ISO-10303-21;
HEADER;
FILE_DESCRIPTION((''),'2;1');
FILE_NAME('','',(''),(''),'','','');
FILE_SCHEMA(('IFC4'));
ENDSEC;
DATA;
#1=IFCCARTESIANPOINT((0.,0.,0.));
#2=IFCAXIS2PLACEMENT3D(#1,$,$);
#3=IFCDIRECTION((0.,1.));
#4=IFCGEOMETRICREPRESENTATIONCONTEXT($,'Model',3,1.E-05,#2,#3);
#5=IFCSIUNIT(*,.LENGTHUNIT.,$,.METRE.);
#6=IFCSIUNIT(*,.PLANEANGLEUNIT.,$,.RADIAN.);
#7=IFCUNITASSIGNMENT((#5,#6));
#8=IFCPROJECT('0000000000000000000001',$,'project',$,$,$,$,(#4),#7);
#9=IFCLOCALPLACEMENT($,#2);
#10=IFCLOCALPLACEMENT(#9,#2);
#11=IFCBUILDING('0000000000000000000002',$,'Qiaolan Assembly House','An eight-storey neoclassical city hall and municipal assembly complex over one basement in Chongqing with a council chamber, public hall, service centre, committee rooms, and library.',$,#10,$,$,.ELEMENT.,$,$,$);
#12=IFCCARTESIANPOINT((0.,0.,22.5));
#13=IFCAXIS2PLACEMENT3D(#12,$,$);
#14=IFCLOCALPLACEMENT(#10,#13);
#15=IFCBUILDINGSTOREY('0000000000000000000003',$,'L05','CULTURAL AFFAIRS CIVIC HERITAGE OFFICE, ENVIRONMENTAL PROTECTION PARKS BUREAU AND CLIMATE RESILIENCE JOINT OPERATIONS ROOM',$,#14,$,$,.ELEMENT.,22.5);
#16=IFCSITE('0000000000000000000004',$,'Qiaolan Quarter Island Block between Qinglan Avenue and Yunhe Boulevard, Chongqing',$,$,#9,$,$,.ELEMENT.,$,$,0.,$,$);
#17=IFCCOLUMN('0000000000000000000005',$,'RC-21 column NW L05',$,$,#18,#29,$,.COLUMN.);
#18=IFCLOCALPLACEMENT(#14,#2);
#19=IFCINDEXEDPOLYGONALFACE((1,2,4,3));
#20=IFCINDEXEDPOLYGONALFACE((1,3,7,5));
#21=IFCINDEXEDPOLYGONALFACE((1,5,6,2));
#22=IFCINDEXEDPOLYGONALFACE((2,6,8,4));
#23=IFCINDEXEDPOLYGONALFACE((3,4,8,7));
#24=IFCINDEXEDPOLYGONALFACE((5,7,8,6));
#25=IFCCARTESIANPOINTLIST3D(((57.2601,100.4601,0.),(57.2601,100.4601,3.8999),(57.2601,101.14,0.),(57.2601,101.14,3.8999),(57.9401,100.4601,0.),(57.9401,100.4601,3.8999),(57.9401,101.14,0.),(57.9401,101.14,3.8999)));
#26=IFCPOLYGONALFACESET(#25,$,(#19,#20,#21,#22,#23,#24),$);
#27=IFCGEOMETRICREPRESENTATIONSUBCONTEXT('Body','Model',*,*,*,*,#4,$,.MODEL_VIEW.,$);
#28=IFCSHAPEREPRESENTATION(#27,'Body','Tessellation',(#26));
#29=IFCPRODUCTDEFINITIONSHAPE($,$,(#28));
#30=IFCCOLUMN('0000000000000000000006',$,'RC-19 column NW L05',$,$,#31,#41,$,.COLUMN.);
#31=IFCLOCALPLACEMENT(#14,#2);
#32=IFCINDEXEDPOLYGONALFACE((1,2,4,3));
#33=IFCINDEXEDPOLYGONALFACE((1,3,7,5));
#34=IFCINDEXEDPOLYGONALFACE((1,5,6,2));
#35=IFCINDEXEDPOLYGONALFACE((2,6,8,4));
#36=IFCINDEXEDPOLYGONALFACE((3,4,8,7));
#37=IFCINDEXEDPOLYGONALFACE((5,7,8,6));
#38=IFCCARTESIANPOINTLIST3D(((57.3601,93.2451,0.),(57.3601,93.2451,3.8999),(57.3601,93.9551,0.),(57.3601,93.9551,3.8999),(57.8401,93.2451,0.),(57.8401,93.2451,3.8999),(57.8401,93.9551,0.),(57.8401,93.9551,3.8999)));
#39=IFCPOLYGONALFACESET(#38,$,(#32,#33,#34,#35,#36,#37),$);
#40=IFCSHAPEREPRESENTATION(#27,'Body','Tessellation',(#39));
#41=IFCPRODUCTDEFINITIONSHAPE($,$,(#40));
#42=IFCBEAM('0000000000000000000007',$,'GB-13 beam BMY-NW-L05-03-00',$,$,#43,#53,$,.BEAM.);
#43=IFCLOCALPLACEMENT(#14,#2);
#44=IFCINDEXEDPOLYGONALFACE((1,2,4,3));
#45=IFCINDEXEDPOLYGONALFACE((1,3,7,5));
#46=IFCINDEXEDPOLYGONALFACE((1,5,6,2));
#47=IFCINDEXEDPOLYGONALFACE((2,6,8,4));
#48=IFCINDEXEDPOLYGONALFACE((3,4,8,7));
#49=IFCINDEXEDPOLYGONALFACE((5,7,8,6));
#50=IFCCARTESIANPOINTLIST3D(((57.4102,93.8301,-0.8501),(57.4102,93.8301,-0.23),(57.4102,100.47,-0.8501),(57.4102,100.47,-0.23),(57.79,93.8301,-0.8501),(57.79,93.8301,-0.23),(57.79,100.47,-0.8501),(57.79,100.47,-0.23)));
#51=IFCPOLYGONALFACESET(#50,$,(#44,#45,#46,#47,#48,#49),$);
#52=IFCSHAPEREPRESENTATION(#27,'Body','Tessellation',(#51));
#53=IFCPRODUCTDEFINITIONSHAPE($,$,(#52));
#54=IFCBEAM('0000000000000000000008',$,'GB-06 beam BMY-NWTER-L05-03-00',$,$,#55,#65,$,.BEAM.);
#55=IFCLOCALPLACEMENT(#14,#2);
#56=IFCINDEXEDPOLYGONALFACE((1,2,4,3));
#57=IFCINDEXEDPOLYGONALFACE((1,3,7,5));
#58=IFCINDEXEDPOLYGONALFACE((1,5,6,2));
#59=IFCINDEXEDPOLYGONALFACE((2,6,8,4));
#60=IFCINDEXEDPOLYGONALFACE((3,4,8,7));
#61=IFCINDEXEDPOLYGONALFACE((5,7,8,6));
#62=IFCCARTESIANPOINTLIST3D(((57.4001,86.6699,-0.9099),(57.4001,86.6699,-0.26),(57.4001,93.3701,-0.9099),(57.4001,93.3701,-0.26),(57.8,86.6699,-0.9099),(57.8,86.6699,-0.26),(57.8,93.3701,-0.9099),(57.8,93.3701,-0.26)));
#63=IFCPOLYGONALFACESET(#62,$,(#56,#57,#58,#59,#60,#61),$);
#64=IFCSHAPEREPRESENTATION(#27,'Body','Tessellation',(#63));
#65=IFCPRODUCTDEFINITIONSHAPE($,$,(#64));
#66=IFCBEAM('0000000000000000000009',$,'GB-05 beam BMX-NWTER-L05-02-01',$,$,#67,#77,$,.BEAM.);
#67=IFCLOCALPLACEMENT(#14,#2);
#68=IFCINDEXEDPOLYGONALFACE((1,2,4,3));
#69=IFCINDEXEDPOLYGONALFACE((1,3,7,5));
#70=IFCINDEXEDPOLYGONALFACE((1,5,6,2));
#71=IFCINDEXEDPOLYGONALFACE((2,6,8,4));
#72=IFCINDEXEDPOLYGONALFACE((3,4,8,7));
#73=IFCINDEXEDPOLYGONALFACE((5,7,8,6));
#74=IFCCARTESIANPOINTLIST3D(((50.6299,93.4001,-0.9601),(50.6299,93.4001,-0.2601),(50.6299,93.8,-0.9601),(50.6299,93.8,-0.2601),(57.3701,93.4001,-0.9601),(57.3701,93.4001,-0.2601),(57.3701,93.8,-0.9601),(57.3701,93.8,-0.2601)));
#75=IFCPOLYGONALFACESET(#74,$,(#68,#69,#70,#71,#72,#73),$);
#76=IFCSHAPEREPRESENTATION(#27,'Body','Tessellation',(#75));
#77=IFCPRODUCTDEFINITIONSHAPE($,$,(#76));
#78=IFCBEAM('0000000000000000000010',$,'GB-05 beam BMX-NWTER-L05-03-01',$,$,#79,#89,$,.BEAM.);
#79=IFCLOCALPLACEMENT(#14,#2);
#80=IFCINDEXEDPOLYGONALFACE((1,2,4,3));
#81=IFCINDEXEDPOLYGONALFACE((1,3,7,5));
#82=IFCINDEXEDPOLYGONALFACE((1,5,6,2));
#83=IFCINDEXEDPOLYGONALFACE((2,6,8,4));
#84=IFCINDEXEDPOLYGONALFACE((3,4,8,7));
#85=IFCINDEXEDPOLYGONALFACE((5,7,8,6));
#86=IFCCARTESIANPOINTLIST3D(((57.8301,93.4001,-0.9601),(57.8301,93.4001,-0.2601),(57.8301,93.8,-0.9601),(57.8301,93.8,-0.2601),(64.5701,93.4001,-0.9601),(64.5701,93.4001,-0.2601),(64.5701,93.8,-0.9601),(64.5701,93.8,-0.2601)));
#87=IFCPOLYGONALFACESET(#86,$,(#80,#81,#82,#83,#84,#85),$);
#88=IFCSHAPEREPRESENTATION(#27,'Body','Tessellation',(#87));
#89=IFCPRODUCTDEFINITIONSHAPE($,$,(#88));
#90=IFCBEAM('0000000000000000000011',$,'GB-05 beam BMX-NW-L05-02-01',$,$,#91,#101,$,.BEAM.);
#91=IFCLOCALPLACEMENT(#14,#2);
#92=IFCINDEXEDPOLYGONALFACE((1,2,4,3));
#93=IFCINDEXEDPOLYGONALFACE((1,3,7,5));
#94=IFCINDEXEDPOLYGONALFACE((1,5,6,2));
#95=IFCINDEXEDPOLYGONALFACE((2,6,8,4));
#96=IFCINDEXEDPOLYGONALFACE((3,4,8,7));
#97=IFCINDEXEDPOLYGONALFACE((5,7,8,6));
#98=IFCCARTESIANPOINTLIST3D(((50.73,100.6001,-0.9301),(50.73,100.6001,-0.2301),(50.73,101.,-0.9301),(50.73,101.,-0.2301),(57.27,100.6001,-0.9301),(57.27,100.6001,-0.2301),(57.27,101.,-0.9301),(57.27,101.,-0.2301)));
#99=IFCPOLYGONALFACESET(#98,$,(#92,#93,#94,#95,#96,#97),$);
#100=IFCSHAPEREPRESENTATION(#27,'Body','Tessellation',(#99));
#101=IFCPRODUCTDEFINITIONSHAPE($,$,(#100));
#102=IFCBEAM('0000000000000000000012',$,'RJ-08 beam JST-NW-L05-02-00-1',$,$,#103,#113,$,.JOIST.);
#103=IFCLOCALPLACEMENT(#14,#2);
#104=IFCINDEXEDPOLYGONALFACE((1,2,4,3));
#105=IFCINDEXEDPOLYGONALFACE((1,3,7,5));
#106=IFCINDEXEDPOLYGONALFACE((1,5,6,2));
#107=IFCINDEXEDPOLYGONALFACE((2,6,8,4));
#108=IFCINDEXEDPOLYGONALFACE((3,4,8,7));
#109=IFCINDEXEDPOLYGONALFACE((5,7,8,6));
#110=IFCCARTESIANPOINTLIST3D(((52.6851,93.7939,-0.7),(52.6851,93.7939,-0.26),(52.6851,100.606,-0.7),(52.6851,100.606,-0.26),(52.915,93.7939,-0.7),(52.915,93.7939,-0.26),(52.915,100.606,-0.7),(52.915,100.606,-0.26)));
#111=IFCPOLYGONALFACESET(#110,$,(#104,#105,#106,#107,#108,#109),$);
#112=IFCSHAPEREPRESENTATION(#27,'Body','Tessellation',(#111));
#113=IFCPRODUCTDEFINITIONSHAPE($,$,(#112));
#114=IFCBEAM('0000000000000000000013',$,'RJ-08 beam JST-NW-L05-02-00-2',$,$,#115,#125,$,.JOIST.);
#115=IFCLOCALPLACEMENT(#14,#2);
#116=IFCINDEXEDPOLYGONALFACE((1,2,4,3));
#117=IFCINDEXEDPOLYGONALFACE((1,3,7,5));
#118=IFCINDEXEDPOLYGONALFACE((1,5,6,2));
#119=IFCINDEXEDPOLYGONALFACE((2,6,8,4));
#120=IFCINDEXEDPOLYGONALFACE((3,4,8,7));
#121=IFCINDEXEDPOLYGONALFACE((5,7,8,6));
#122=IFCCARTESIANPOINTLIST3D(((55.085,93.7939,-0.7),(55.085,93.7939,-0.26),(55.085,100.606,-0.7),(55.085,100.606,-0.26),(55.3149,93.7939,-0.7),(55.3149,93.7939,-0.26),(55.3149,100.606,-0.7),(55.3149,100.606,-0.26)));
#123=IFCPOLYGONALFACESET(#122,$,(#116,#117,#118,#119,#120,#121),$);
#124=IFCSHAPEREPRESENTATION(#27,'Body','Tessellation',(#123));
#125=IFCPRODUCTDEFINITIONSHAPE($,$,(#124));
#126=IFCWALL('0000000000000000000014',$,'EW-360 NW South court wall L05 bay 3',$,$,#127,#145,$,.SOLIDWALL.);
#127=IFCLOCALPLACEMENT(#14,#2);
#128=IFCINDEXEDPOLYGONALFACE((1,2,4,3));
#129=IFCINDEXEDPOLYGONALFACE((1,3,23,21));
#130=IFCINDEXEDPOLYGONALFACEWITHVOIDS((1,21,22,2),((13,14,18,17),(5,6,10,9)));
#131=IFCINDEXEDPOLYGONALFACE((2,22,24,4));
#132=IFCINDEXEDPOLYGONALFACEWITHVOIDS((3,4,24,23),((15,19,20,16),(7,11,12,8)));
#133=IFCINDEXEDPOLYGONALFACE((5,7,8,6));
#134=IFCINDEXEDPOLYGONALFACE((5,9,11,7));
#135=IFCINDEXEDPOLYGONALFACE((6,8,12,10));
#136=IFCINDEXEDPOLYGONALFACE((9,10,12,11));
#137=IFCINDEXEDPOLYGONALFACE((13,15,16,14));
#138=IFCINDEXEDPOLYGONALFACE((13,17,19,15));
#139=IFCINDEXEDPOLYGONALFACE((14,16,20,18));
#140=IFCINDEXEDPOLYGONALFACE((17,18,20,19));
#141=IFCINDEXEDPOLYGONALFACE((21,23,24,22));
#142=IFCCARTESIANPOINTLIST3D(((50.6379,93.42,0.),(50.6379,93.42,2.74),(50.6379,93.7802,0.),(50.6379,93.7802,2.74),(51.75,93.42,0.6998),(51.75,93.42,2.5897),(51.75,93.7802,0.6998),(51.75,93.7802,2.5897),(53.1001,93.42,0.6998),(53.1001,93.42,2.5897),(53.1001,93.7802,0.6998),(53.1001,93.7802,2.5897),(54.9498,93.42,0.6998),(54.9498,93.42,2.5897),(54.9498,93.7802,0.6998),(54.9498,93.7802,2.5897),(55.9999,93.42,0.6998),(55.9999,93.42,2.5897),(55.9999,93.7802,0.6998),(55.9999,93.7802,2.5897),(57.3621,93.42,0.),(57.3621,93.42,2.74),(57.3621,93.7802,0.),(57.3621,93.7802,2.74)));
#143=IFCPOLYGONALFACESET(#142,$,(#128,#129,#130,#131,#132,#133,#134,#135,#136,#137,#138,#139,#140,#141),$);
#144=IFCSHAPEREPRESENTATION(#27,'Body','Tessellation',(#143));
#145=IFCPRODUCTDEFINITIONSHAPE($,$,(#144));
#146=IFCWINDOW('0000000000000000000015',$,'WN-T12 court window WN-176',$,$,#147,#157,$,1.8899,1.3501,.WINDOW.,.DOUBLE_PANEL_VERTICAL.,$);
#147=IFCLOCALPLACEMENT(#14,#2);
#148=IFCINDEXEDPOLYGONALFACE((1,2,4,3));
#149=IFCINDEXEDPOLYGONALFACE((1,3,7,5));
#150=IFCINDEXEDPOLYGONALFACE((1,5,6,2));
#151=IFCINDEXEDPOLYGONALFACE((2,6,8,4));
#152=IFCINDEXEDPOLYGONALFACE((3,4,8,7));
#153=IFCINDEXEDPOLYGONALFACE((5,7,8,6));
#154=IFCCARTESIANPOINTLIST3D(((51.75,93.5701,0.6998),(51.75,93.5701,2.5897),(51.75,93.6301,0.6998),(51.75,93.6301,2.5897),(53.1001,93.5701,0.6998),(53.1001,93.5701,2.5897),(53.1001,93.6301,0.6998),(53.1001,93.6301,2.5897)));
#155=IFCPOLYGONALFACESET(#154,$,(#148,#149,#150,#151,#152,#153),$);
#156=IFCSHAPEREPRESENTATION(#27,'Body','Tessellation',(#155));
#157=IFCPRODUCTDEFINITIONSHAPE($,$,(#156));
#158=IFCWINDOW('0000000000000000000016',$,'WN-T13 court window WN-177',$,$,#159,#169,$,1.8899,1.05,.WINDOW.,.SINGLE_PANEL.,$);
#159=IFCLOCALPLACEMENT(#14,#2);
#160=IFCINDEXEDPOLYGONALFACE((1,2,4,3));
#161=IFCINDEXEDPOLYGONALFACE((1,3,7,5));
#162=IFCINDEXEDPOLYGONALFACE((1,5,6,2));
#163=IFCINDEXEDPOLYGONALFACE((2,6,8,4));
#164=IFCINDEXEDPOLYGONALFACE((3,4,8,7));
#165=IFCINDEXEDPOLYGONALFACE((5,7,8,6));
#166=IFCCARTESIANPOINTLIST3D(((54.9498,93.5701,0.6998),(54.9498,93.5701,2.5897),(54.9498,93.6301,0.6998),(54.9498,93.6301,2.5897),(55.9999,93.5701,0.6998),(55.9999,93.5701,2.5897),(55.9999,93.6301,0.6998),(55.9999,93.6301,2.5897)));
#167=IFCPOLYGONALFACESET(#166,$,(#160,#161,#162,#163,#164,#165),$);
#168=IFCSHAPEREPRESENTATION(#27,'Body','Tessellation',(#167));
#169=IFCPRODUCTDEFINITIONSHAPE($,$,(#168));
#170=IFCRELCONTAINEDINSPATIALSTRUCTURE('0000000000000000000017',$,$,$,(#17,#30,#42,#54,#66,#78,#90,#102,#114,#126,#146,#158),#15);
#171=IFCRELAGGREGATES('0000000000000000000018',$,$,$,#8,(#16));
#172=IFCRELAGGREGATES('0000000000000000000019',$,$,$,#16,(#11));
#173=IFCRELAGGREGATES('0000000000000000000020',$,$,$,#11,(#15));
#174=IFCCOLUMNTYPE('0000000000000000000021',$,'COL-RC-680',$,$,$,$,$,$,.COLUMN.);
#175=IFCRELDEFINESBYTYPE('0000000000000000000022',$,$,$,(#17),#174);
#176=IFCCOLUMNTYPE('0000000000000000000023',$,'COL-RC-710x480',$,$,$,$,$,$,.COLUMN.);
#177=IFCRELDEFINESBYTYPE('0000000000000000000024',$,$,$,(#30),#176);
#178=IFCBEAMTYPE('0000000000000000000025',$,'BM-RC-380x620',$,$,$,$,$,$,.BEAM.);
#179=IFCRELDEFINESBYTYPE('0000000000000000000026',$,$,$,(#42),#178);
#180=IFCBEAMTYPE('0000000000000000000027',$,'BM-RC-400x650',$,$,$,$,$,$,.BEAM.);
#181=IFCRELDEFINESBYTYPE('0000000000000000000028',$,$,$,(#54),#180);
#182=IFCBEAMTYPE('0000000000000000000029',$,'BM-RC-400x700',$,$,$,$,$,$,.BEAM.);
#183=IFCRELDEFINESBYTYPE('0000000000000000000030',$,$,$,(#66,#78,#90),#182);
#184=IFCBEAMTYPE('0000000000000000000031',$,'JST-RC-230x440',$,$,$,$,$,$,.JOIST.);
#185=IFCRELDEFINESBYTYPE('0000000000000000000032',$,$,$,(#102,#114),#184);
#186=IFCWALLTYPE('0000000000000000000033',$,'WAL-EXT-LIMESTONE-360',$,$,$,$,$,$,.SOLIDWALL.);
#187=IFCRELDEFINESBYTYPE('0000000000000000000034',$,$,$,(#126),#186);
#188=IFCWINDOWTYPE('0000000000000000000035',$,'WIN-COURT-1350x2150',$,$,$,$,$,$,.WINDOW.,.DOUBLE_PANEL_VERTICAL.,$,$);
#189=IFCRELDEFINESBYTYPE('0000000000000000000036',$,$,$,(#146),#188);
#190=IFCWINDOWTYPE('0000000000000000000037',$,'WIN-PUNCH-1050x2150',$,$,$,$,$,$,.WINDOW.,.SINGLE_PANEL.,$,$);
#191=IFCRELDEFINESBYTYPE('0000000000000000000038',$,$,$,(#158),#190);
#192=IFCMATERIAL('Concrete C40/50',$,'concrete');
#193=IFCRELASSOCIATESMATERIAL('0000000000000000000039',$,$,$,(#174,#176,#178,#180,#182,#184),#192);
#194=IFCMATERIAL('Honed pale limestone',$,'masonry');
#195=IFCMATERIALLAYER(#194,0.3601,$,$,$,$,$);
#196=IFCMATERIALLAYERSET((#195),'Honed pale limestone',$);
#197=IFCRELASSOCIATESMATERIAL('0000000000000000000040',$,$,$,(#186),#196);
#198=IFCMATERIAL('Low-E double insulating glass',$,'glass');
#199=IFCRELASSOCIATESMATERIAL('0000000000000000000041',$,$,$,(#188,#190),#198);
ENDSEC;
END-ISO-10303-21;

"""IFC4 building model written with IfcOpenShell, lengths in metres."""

from ifc_helpers import new_model, si_unit, direction, frame, frame_2d, origin, origin_2d, place, context, subcontext, project, spatial, rectangle, extrude, material, layer, layer_set, material_profile, profile_set, type_object, element, fill, save


model = new_model("IFC4")

# Units and contexts
model_context = context("Model", 3, precision=1e-05, world=origin(), true_north=direction((0.0, 1.0)))
body_context = subcontext(model_context, "Body", "Model", "MODEL_VIEW")
ifc_project = project(units=[si_unit("LENGTHUNIT", "METRE"), si_unit("PLANEANGLEUNIT", "RADIAN")], contexts=[model_context])

# Site, building, storey
site_placement = place(None, origin())
site = spatial("IfcSite", under=ifc_project, at=site_placement, Name="Qiaolan Quarter Island Block between Qinglan Avenue and Yunhe Boulevard, Chongqing", CompositionType="ELEMENT", RefElevation=0.0)
building_placement = place(site_placement, origin())
building = spatial("IfcBuilding", under=site, at=building_placement, Name="Qiaolan Assembly House", Description="An eight-storey neoclassical city hall and municipal assembly complex over one basement in Chongqing with a council chamber, public hall, service centre, committee rooms, and library.", CompositionType="ELEMENT")
storey_placement = place(building_placement, frame((0.0, 0.0, 22.5)))
storey = spatial("IfcBuildingStorey", under=building, at=storey_placement, Name="L05", Description="CULTURAL AFFAIRS CIVIC HERITAGE OFFICE, ENVIRONMENTAL PROTECTION PARKS BUREAU AND CLIMATE RESILIENCE JOINT OPERATIONS ROOM", CompositionType="ELEMENT", Elevation=22.5)

# Columns
ifc_material_1 = material(Name="Concrete C40/50", Category="concrete")
ifc_material_profile_1 = material_profile(ifc_material_1, rectangle(XDim=0.6799, YDim=0.6799, at=origin_2d()), Name="RC 680x680")
ifc_profile_set_1 = profile_set([ifc_material_profile_1], Name="Concrete C40/50")
column_type_1 = type_object("IfcColumnType", Name="COL-RC-680", PredefinedType="COLUMN", material=ifc_profile_set_1)
column_1_placement = place(storey_placement, frame((57.6001, 100.8, 0.0), z_axis=(0.0, 0.0, 1.0), x_axis=(1.0, 0.0, 0.0)))
element("IfcColumn", 1, at=column_1_placement, inside=storey, type_object=column_type_1, Name="RC-21 column NW L05", PredefinedType="COLUMN", context=body_context, shape_type="SweptSolid", body=[
    extrude(rectangle(XDim=0.6799, YDim=0.6799, at=origin_2d()), origin(), (0.0, 0.0, 1.0), 3.8999),
])
ifc_material_profile_2 = material_profile(ifc_material_1, rectangle(XDim=0.48, YDim=0.71, at=origin_2d()), Name="RC 710x480")
ifc_profile_set_2 = profile_set([ifc_material_profile_2], Name="Concrete C40/50")
column_type_2 = type_object("IfcColumnType", Name="COL-RC-710x480", PredefinedType="COLUMN", material=ifc_profile_set_2)
column_2_placement = place(storey_placement, frame((57.6001, 93.6001, 0.0), z_axis=(0.0, 0.0, 1.0), x_axis=(1.0, 0.0, 0.0)))
element("IfcColumn", 2, at=column_2_placement, inside=storey, type_object=column_type_2, Name="RC-19 column NW L05", PredefinedType="COLUMN", context=body_context, shape_type="SweptSolid", body=[
    extrude(rectangle(XDim=0.48, YDim=0.71, at=origin_2d()), origin(), (0.0, 0.0, 1.0), 3.8999),
])

# Beams
ifc_material_profile_3 = material_profile(ifc_material_1, rectangle(XDim=0.3799, YDim=0.6201, at=origin_2d()), Name="RCB 380x620")
ifc_profile_set_3 = profile_set([ifc_material_profile_3], Name="Concrete C40/50")
beam_type_1 = type_object("IfcBeamType", Name="BM-RC-380x620", PredefinedType="BEAM", material=ifc_profile_set_3)
beam_1_placement = place(storey_placement, frame((57.6001, 93.8301, -0.54), z_axis=(0.0, 1.0, 0.0), x_axis=(-1.0, 0.0, 0.0)))
element("IfcBeam", 3, at=beam_1_placement, inside=storey, type_object=beam_type_1, Name="GB-13 beam BMY-NW-L05-03-00", PredefinedType="BEAM", context=body_context, shape_type="SweptSolid", body=[
    extrude(rectangle(XDim=0.3799, YDim=0.6201, at=origin_2d()), origin(), (0.0, 0.0, 1.0), 6.6399),
])
ifc_material_profile_4 = material_profile(ifc_material_1, rectangle(XDim=0.3999, YDim=0.6499, at=origin_2d()), Name="RCB 400x650")
ifc_profile_set_4 = profile_set([ifc_material_profile_4], Name="Concrete C40/50")
beam_type_2 = type_object("IfcBeamType", Name="BM-RC-400x650", PredefinedType="BEAM", material=ifc_profile_set_4)
beam_2_placement = place(storey_placement, frame((57.6001, 86.6699, -0.585), z_axis=(0.0, 1.0, 0.0), x_axis=(-1.0, 0.0, 0.0)))
element("IfcBeam", 4, at=beam_2_placement, inside=storey, type_object=beam_type_2, Name="GB-06 beam BMY-NWTER-L05-03-00", PredefinedType="BEAM", context=body_context, shape_type="SweptSolid", body=[
    extrude(rectangle(XDim=0.3999, YDim=0.6499, at=origin_2d()), origin(), (0.0, 0.0, 1.0), 6.7002),
])
ifc_material_profile_5 = material_profile(ifc_material_1, rectangle(XDim=0.3999, YDim=0.7, at=origin_2d()), Name="RCB 400x700")
ifc_profile_set_5 = profile_set([ifc_material_profile_5], Name="Concrete C40/50")
beam_type_3 = type_object("IfcBeamType", Name="BM-RC-400x700", PredefinedType="BEAM", material=ifc_profile_set_5)
beam_3_placement = place(storey_placement, frame((50.6299, 93.6001, -0.6101), z_axis=(1.0, 0.0, 0.0), x_axis=(0.0, 1.0, 0.0)))
element("IfcBeam", 5, at=beam_3_placement, inside=storey, type_object=beam_type_3, Name="GB-05 beam BMX-NWTER-L05-02-01", PredefinedType="BEAM", context=body_context, shape_type="SweptSolid", body=[
    extrude(rectangle(XDim=0.3999, YDim=0.7, at=origin_2d()), origin(), (0.0, 0.0, 1.0), 6.7402),
])
beam_4_placement = place(storey_placement, frame((57.8301, 93.6001, -0.6101), z_axis=(1.0, 0.0, 0.0), x_axis=(0.0, 1.0, 0.0)))
element("IfcBeam", 6, at=beam_4_placement, inside=storey, type_object=beam_type_3, Name="GB-05 beam BMX-NWTER-L05-03-01", PredefinedType="BEAM", context=body_context, shape_type="SweptSolid", body=[
    extrude(rectangle(XDim=0.3999, YDim=0.7, at=origin_2d()), origin(), (0.0, 0.0, 1.0), 6.74),
])
beam_5_placement = place(storey_placement, frame((50.73, 100.8, -0.5801), z_axis=(1.0, 0.0, 0.0), x_axis=(0.0, 1.0, 0.0)))
element("IfcBeam", 7, at=beam_5_placement, inside=storey, type_object=beam_type_3, Name="GB-05 beam BMX-NW-L05-02-01", PredefinedType="BEAM", context=body_context, shape_type="SweptSolid", body=[
    extrude(rectangle(XDim=0.3999, YDim=0.7, at=origin_2d()), origin(), (0.0, 0.0, 1.0), 6.54),
])
ifc_material_profile_6 = material_profile(ifc_material_1, rectangle(XDim=0.23, YDim=0.4399, at=origin_2d()), Name="RCB 230x440")
ifc_profile_set_6 = profile_set([ifc_material_profile_6], Name="Concrete C40/50")
beam_type_4 = type_object("IfcBeamType", Name="JST-RC-230x440", PredefinedType="JOIST", material=ifc_profile_set_6)
for number, where, z_axis, x_axis, name in (
    (8, (52.8, 93.7939, -0.48), (0.0, 1.0, 0.0), (-1.0, 0.0, 0.0), "RJ-08 beam JST-NW-L05-02-00-1"),
    (9, (55.2, 93.7939, -0.48), (0.0, 1.0, 0.0), (-1.0, 0.0, 0.0), "RJ-08 beam JST-NW-L05-02-00-2"),
):
    element("IfcBeam", number, at=place(storey_placement, frame(where, z_axis=z_axis, x_axis=x_axis)), inside=storey, type_object=beam_type_4, Name=name, PredefinedType="JOIST", context=body_context, shape_type="SweptSolid", body=[
        extrude(rectangle(XDim=0.23, YDim=0.4399, at=origin_2d()), origin(), (0.0, 0.0, 1.0), 6.812),
    ])

# Wall, openings, windows
ifc_material_2 = material(Name="Honed pale limestone", Category="masonry")
ifc_layer_1 = layer(ifc_material_2, 0.3601)
ifc_layer_set_1 = layer_set([ifc_layer_1], Name="Honed pale limestone")
wall_type_1 = type_object("IfcWallType", Name="WAL-EXT-LIMESTONE-360", PredefinedType="SOLIDWALL", material=ifc_layer_set_1)
wall_1_placement = place(storey_placement, frame((50.6379, 93.6001, 0.0), z_axis=(0.0, 0.0, 1.0), x_axis=(1.0, 0.0, 0.0)))
wall_1 = element("IfcWall", 10, at=wall_1_placement, inside=storey, type_object=wall_type_1, Name="EW-360 NW South court wall L05 bay 3", PredefinedType="SOLIDWALL", context=body_context, shape_type="SweptSolid", body=[
    extrude(rectangle(XDim=6.7241, YDim=0.3601, at=frame_2d((3.3621, 0.0))), origin(), (0.0, 0.0, 1.0), 2.74),
])
opening_1_placement = place(wall_1_placement, frame((1.1121, 0.0, 0.7)))
opening_1 = element("IfcOpeningElement", 11, at=opening_1_placement, cuts=wall_1, PredefinedType="OPENING", context=body_context, shape_type="SweptSolid", body=[
    extrude(rectangle(XDim=1.3501, YDim=1.8899, at=frame_2d((0.675, 0.9448))), frame((0.0, 0.1899, 0.0), z_axis=(0.0, -1.0, 0.0), x_axis=(1.0, 0.0, 0.0)), (0.0, 0.0, 1.0), 0.3801),
])
opening_2_placement = place(wall_1_placement, frame((4.312, 0.0, 0.7)))
opening_2 = element("IfcOpeningElement", 12, at=opening_2_placement, cuts=wall_1, PredefinedType="OPENING", context=body_context, shape_type="SweptSolid", body=[
    extrude(rectangle(XDim=1.05, YDim=1.8899, at=frame_2d((0.5249, 0.9448))), frame((0.0, 0.1899, 0.0), z_axis=(0.0, -1.0, 0.0), x_axis=(1.0, 0.0, 0.0)), (0.0, 0.0, 1.0), 0.3801),
])
ifc_material_3 = material(Name="Low-E double insulating glass", Category="glass")
window_type_1 = type_object("IfcWindowType", Name="WIN-COURT-1350x2150", PartitioningType="DOUBLE_PANEL_VERTICAL", PredefinedType="WINDOW", material=ifc_material_3)
window_1_placement = place(opening_1_placement, origin())
window_1 = element("IfcWindow", 13, at=window_1_placement, inside=storey, type_object=window_type_1, Name="WN-T12 court window WN-176", OverallHeight=1.8899, OverallWidth=1.3501, PartitioningType="DOUBLE_PANEL_VERTICAL", PredefinedType="WINDOW", context=body_context, shape_type="SweptSolid", body=[
    extrude(rectangle(XDim=1.3501, YDim=1.8899, at=frame_2d((0.675, 0.9448))), frame((0.0, 0.03, 0.0), z_axis=(0.0, -1.0, 0.0), x_axis=(1.0, 0.0, 0.0)), (0.0, 0.0, 1.0), 0.0601),
])
fill(opening_1, window_1)
window_type_2 = type_object("IfcWindowType", Name="WIN-PUNCH-1050x2150", PartitioningType="SINGLE_PANEL", PredefinedType="WINDOW", material=ifc_material_3)
window_2_placement = place(opening_2_placement, origin())
window_2 = element("IfcWindow", 14, at=window_2_placement, inside=storey, type_object=window_type_2, Name="WN-T13 court window WN-177", OverallHeight=1.8899, OverallWidth=1.05, PartitioningType="SINGLE_PANEL", PredefinedType="WINDOW", context=body_context, shape_type="SweptSolid", body=[
    extrude(rectangle(XDim=1.05, YDim=1.8899, at=frame_2d((0.5249, 0.9448))), frame((0.0, 0.03, 0.0), z_axis=(0.0, -1.0, 0.0), x_axis=(1.0, 0.0, 0.0)), (0.0, 0.0, 1.0), 0.0601),
])
fill(opening_2, window_2)

save(model, "model.ifc")
